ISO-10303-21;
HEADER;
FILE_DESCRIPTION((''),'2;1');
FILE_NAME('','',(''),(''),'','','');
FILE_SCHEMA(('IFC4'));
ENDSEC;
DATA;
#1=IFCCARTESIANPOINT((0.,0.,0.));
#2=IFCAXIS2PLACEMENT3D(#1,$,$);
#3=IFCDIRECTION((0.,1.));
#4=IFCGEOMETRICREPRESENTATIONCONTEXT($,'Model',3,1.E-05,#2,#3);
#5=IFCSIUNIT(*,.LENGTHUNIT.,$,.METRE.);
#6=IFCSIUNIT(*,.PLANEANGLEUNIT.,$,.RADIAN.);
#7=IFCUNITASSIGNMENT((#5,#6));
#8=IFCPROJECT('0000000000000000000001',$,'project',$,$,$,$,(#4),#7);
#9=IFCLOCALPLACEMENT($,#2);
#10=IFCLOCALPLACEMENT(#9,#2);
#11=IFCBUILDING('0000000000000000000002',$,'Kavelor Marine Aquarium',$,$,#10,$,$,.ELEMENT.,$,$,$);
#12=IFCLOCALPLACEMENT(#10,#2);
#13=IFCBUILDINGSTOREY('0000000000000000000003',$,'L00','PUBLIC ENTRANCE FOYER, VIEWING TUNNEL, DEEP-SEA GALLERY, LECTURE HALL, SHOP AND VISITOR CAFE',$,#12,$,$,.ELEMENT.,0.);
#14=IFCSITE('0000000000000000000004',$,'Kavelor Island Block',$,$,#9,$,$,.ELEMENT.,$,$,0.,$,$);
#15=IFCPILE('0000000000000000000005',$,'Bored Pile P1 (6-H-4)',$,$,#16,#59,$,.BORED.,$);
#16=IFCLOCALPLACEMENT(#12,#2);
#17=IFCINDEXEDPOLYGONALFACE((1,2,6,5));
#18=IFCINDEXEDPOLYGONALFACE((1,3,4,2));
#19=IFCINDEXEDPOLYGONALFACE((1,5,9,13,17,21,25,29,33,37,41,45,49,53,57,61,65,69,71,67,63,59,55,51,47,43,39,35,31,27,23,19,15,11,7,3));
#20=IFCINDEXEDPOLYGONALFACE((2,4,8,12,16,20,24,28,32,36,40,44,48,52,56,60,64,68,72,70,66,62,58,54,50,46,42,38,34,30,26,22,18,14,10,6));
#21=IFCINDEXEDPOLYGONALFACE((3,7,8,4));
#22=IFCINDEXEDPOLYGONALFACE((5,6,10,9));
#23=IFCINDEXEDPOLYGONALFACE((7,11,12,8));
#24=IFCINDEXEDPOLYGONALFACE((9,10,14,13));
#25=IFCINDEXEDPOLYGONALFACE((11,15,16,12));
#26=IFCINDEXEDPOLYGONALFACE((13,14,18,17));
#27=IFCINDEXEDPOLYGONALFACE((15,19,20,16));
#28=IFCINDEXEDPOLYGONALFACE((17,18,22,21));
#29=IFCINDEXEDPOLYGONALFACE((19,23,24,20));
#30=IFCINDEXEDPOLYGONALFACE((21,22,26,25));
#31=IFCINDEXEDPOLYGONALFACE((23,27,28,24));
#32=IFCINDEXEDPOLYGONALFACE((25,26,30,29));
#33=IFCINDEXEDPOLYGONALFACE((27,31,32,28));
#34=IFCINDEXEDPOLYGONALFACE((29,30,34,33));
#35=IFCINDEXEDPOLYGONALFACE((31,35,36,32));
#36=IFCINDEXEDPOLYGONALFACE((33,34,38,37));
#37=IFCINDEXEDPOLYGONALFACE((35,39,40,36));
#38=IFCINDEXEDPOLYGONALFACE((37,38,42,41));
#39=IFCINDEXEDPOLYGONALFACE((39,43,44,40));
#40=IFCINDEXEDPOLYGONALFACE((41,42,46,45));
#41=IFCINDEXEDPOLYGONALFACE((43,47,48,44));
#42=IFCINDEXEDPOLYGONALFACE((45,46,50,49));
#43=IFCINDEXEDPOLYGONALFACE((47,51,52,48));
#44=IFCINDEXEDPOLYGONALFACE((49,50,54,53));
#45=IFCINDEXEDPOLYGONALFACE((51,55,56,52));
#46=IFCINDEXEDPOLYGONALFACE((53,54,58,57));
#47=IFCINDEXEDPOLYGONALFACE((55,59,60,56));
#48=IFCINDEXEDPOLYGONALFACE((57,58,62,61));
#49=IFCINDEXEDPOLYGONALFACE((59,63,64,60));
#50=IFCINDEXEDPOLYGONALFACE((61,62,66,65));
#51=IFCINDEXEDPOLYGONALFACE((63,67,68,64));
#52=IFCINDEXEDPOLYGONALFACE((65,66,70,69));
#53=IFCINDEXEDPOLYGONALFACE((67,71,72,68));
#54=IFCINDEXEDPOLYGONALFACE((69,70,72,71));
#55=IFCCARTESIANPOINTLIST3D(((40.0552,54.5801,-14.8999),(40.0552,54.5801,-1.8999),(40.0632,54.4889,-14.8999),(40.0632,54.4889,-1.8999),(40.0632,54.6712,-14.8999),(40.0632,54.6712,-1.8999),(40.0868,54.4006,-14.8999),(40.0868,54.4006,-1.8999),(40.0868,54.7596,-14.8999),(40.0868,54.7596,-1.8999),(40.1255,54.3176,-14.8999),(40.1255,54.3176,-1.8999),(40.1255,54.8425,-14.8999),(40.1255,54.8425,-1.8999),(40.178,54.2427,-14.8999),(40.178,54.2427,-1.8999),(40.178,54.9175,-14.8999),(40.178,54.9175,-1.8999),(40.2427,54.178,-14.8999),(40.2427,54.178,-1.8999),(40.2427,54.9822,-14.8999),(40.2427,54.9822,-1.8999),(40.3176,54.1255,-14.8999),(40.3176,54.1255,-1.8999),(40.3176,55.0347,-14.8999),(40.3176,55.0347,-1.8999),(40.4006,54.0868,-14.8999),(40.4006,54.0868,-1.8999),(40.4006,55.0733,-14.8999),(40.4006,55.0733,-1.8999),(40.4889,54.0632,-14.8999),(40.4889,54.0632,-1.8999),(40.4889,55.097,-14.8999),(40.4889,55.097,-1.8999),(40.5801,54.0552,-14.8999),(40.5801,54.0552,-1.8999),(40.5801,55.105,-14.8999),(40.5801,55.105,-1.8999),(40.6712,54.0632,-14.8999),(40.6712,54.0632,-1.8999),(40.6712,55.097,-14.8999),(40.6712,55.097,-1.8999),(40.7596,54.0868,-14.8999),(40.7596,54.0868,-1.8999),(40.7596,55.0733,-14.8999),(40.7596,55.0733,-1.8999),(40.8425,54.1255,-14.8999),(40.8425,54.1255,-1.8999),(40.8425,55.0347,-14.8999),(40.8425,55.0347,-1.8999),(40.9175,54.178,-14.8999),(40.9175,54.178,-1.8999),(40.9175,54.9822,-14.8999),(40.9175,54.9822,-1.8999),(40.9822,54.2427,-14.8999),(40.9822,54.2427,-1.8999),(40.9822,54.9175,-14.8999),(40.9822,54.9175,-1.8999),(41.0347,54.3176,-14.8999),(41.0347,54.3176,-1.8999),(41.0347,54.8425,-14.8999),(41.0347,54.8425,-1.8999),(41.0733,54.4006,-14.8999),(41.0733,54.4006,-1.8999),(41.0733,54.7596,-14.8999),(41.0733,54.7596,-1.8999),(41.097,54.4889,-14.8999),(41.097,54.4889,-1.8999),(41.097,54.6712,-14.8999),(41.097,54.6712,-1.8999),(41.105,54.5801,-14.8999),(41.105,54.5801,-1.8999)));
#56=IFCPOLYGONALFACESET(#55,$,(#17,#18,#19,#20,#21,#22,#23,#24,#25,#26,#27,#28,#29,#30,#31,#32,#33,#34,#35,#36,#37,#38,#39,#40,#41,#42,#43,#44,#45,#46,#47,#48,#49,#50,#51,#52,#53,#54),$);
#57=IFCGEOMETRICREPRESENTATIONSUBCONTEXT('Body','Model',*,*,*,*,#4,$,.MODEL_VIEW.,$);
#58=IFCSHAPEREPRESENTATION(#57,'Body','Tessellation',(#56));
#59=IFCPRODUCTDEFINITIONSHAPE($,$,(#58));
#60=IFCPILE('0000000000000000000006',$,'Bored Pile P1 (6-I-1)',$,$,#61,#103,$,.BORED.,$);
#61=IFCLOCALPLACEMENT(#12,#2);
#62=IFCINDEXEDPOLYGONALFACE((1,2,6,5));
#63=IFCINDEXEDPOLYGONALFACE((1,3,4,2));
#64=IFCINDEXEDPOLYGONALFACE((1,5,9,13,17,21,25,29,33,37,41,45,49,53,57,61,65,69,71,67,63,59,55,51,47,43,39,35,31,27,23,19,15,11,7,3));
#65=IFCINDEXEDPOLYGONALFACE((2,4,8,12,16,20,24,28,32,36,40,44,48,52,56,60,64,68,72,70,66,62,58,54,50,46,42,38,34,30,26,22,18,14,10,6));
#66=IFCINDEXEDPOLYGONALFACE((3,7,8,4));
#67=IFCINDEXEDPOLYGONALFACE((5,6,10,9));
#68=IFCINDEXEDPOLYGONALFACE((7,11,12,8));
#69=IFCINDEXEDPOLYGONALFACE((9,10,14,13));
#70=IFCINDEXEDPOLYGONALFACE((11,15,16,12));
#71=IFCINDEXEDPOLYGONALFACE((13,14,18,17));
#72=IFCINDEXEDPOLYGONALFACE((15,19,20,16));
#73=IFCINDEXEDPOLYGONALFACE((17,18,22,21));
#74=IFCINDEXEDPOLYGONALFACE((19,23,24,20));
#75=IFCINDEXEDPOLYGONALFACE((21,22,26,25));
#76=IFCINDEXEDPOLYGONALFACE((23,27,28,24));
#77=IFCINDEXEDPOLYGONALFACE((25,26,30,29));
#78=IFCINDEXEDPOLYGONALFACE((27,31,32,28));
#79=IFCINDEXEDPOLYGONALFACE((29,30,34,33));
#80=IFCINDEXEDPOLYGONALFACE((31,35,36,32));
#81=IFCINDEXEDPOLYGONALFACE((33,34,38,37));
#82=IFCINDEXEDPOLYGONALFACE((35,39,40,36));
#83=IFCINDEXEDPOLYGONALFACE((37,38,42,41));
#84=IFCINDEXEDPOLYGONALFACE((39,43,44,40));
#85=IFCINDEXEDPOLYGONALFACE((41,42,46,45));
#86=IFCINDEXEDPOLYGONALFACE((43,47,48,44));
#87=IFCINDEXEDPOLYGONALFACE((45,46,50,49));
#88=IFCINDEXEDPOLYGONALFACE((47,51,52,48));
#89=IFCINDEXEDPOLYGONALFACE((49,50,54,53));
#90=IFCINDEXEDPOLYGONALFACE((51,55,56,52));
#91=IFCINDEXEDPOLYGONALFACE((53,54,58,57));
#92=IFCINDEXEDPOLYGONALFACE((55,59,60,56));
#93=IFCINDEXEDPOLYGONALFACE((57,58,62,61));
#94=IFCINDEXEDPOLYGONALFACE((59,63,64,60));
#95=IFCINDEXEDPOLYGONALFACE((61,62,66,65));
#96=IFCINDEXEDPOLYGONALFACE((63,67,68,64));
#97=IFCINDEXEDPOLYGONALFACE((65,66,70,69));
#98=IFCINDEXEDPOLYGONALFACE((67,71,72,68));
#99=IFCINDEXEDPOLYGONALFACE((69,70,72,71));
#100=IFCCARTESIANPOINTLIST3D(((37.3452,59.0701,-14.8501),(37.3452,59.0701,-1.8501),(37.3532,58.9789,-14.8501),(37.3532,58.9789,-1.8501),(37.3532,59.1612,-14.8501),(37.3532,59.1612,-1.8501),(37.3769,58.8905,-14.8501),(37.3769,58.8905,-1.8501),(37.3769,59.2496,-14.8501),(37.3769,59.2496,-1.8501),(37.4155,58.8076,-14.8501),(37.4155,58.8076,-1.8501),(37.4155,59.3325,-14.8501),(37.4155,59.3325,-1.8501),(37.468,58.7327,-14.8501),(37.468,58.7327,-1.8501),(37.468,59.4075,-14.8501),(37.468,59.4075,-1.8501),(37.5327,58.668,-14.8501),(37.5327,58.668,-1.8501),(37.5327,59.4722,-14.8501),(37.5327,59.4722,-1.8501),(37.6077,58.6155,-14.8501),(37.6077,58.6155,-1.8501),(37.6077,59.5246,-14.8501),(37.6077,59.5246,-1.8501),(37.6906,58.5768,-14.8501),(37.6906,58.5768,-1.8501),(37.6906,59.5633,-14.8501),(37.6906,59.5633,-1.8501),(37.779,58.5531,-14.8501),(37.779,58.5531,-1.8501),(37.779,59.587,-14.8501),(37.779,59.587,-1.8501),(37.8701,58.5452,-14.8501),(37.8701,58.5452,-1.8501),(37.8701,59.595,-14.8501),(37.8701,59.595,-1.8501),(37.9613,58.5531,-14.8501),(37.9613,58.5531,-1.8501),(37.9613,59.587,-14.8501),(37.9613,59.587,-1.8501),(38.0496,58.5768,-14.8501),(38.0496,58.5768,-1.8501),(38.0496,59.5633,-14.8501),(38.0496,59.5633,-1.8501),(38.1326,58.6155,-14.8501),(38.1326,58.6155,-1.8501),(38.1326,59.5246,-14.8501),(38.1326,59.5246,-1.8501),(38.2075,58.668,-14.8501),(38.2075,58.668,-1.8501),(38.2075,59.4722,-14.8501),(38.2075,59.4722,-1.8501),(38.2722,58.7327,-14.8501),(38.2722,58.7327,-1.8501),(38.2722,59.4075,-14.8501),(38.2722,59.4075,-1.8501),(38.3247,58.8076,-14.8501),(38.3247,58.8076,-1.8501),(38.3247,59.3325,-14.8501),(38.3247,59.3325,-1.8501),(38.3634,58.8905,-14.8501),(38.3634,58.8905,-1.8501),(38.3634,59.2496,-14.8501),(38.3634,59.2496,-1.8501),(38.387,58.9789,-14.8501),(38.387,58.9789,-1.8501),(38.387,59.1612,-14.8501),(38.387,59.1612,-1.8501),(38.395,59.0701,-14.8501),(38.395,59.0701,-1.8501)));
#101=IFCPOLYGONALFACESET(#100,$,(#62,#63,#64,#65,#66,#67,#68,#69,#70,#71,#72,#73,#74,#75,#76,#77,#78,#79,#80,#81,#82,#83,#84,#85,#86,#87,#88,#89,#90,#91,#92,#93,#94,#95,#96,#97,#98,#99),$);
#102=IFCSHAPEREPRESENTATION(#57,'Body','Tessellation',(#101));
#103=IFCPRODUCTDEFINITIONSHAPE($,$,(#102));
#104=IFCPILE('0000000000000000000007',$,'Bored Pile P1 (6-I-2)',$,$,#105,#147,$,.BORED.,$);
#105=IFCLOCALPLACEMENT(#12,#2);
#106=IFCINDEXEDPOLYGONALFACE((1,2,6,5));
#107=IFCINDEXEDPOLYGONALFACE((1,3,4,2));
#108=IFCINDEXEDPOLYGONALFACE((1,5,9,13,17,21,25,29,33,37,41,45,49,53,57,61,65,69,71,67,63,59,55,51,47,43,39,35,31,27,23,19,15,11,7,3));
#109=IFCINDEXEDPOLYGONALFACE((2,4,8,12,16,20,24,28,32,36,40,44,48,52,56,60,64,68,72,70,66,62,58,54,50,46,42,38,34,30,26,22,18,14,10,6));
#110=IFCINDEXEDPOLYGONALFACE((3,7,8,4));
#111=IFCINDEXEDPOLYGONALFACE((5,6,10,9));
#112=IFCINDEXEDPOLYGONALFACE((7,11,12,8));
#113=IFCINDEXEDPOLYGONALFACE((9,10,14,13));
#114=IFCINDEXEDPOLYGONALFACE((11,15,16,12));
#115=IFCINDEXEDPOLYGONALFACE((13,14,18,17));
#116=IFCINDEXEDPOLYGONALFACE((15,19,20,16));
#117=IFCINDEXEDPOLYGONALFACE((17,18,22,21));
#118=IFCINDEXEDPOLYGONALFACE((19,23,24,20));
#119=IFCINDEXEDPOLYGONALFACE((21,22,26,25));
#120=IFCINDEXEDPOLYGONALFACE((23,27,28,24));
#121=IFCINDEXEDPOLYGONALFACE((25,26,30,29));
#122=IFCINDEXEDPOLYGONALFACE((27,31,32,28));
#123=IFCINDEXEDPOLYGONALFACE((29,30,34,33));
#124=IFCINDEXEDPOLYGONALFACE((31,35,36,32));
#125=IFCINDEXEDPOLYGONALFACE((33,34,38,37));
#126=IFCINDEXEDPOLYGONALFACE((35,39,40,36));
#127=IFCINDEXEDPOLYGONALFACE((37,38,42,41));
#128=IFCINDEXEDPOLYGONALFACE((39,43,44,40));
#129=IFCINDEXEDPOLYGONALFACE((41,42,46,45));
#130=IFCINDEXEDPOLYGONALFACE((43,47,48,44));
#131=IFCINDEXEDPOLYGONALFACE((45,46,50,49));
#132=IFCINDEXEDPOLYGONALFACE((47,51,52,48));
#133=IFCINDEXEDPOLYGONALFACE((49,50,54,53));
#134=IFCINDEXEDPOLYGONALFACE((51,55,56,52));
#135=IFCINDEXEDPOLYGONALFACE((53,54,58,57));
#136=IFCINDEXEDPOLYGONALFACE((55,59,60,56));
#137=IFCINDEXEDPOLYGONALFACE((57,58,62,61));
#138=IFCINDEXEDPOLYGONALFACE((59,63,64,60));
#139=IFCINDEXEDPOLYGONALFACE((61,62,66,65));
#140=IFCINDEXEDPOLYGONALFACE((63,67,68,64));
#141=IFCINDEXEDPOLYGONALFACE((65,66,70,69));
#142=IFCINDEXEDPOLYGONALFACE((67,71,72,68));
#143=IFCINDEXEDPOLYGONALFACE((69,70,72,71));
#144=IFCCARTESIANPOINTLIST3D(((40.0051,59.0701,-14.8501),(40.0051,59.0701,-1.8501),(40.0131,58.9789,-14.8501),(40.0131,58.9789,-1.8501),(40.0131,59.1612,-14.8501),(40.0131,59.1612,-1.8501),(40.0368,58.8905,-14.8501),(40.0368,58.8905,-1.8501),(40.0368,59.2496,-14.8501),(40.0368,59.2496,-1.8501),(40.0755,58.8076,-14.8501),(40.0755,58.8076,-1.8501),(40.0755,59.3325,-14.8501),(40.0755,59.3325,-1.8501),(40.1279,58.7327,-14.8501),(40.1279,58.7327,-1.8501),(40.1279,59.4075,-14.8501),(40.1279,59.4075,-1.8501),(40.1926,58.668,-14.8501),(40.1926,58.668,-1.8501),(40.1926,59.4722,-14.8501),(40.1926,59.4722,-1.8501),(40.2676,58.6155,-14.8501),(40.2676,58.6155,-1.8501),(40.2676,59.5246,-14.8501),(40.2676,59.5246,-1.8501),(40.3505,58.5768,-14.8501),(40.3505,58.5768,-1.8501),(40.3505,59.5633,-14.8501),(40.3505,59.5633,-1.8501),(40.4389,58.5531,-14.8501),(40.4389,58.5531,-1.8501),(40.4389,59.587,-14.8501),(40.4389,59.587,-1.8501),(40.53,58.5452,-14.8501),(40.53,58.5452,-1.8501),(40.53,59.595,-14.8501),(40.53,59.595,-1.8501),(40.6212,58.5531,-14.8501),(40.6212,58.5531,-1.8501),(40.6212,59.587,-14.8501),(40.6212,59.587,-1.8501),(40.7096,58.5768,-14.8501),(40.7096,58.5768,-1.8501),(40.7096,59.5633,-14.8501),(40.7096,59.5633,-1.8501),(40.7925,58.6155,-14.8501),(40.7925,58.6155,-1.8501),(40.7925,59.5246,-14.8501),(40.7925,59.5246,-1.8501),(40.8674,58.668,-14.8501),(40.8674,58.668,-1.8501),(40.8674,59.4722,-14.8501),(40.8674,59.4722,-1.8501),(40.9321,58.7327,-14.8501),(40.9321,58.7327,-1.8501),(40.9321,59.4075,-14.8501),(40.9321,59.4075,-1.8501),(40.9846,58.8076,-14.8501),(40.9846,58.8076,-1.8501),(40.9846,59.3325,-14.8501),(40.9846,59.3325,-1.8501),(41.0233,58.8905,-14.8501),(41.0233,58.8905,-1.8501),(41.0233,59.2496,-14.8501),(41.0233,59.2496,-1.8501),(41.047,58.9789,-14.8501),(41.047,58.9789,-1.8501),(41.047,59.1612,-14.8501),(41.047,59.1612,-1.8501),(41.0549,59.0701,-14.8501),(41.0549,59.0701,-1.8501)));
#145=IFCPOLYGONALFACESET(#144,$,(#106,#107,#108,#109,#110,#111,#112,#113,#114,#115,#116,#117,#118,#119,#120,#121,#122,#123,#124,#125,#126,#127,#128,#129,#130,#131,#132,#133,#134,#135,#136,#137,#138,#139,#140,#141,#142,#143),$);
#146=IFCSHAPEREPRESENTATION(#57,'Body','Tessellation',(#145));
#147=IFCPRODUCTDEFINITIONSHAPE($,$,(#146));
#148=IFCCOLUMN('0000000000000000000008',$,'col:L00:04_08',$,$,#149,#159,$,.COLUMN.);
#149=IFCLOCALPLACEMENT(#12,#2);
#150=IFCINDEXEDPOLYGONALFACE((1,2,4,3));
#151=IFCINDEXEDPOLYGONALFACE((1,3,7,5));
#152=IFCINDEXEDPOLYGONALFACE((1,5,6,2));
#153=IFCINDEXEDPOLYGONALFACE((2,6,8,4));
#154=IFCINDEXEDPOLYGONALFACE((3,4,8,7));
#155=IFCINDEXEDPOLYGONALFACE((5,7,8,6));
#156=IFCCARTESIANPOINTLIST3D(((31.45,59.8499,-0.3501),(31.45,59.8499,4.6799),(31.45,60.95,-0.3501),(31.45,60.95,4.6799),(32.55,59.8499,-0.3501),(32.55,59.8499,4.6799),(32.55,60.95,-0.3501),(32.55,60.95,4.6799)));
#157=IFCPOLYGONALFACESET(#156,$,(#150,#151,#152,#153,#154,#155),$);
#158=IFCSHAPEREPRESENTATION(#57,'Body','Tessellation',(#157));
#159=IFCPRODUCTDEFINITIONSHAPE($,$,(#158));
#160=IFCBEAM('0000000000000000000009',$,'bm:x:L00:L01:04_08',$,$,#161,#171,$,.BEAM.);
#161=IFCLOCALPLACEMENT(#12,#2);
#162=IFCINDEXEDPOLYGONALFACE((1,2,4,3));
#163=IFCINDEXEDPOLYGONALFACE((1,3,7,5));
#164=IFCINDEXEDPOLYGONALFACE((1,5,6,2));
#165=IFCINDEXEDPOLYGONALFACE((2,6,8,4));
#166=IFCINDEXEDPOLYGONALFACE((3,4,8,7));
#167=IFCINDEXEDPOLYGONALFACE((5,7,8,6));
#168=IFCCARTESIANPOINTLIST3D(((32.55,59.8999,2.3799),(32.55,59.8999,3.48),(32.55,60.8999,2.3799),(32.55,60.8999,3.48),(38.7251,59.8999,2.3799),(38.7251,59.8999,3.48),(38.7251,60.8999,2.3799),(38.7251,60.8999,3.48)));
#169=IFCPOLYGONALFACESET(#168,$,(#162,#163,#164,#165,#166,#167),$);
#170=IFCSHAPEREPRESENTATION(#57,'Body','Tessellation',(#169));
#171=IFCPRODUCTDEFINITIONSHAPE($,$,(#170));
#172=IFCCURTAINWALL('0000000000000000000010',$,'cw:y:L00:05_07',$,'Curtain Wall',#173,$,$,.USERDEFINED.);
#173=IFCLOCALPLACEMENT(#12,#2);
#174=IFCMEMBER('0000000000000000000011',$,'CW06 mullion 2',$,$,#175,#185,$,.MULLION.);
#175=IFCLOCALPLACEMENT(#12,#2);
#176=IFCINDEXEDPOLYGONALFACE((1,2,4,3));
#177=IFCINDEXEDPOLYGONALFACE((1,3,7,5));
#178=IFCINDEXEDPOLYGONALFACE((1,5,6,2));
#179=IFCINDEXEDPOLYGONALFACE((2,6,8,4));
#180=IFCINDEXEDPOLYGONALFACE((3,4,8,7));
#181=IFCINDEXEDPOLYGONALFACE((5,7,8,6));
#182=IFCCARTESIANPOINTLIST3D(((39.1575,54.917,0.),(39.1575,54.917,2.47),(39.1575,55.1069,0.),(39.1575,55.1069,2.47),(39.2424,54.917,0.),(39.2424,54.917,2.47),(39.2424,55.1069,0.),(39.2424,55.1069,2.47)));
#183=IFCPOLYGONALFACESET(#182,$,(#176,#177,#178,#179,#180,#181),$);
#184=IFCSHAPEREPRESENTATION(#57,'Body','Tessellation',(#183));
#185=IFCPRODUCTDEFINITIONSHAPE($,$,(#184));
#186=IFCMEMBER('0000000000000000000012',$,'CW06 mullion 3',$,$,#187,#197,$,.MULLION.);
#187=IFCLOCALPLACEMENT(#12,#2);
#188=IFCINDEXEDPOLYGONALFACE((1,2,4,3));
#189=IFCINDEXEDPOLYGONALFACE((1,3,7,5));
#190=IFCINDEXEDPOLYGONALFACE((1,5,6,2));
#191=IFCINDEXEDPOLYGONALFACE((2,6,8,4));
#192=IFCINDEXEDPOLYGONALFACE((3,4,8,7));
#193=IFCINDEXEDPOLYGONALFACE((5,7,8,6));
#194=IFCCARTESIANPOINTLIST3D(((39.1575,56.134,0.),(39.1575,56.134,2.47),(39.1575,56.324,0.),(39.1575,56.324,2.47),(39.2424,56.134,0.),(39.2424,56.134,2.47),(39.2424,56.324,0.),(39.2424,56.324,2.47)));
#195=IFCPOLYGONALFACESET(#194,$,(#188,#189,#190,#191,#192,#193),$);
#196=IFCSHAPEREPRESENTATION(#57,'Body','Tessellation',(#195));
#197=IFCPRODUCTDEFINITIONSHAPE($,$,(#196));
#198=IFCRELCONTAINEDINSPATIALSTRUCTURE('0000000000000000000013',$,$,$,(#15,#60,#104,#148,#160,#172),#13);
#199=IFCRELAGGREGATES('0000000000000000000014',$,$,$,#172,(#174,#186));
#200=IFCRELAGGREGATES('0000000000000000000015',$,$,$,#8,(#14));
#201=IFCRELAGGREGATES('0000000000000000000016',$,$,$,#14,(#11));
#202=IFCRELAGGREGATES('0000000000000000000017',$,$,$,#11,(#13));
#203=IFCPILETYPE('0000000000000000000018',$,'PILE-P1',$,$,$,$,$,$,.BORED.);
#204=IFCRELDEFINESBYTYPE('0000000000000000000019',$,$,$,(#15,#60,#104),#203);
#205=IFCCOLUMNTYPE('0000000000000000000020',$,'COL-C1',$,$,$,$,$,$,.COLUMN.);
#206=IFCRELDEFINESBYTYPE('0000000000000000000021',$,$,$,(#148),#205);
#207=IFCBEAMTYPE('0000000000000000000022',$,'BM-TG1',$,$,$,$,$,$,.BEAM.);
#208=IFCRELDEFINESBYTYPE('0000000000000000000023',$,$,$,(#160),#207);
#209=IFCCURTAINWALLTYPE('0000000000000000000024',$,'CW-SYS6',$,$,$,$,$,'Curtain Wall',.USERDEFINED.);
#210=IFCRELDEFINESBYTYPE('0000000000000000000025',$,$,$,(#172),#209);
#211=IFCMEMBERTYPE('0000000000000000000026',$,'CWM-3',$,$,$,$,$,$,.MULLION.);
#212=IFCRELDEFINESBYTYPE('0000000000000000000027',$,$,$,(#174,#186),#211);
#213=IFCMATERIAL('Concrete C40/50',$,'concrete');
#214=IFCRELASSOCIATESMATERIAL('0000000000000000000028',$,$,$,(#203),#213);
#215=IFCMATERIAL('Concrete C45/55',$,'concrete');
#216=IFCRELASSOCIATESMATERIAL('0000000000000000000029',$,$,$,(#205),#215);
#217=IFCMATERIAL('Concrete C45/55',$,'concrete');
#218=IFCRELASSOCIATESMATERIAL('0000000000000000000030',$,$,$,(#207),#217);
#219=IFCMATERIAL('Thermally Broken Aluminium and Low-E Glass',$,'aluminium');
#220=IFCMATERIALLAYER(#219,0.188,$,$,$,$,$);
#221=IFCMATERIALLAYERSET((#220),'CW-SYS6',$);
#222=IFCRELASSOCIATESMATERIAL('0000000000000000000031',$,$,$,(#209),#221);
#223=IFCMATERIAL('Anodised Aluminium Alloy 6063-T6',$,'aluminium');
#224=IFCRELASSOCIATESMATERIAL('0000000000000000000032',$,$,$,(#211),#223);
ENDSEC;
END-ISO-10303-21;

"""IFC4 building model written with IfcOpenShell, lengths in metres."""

from ifc_helpers import new_model, si_unit, direction, frame, origin, origin_2d, place, context, subcontext, project, spatial, rectangle, circle, extrude, material, layer, layer_set, material_profile, profile_set, type_object, element, aggregate, save


model = new_model("IFC4")

# Units and contexts
model_context = context("Model", 3, precision=1e-05, world=origin(), true_north=direction((0.0, 1.0)))
body_context = subcontext(model_context, "Body", "Model", "MODEL_VIEW")
ifc_project = project(units=[si_unit("LENGTHUNIT", "METRE"), si_unit("PLANEANGLEUNIT", "RADIAN")], contexts=[model_context])

# Site, building, storey
site_placement = place(None, origin())
site = spatial("IfcSite", under=ifc_project, at=site_placement, Name="Kavelor Island Block", CompositionType="ELEMENT", RefElevation=0.0)
building_placement = place(site_placement, origin())
building = spatial("IfcBuilding", under=site, at=building_placement, Name="Kavelor Marine Aquarium", CompositionType="ELEMENT")
storey_placement = place(building_placement, origin())
storey = spatial("IfcBuildingStorey", under=building, at=storey_placement, Name="L00", Description="PUBLIC ENTRANCE FOYER, VIEWING TUNNEL, DEEP-SEA GALLERY, LECTURE HALL, SHOP AND VISITOR CAFE", CompositionType="ELEMENT", Elevation=0.0)

# Piles
ifc_material_1 = material(Name="Concrete C40/50", Category="concrete")
ifc_material_profile_1 = material_profile(ifc_material_1, circle(Radius=0.5249, at=origin_2d()), Name="PILE D1050")
ifc_profile_set_1 = profile_set([ifc_material_profile_1], Name="Concrete C40/50")
pile_type = type_object("IfcPileType", Name="PILE-P1", PredefinedType="BORED", material=ifc_profile_set_1)
for number, where, z_axis, x_axis, name in (
    (1, (40.5801, 54.5801, -1.8999), (0.0, 0.0, -1.0), (1.0, 0.0, 0.0), "Bored Pile P1 (6-H-4)"),
    (2, (37.8701, 59.0701, -1.8501), (0.0, 0.0, -1.0), (1.0, 0.0, 0.0), "Bored Pile P1 (6-I-1)"),
    (3, (40.53, 59.0701, -1.8501), (0.0, 0.0, -1.0), (1.0, 0.0, 0.0), "Bored Pile P1 (6-I-2)"),
):
    element("IfcPile", number, at=place(storey_placement, frame(where, z_axis=z_axis, x_axis=x_axis)), inside=storey, type_object=pile_type, Name=name, PredefinedType="BORED", context=body_context, shape_type="SweptSolid", body=[
        extrude(circle(Radius=0.5249, at=origin_2d()), origin(), (0.0, 0.0, 1.0), 13.0),
    ])

# Column
ifc_material_2 = material(Name="Concrete C45/55", Category="concrete")
ifc_material_profile_2 = material_profile(ifc_material_2, rectangle(XDim=1.1001, YDim=1.1001, at=origin_2d()), Name="RC-COL 1100x1100")
ifc_profile_set_2 = profile_set([ifc_material_profile_2], Name="Concrete C45/55")
column_type = type_object("IfcColumnType", Name="COL-C1", PredefinedType="COLUMN", material=ifc_profile_set_2)
column_placement = place(storey_placement, frame((32.0, 60.3999, -0.3501), z_axis=(0.0, 0.0, 1.0), x_axis=(1.0, 0.0, 0.0)))
element("IfcColumn", 4, at=column_placement, inside=storey, type_object=column_type, Name="col:L00:04_08", PredefinedType="COLUMN", context=body_context, shape_type="SweptSolid", body=[
    extrude(rectangle(XDim=1.1001, YDim=1.1001, at=origin_2d()), origin(), (0.0, 0.0, 1.0), 5.03),
])

# Beam
ifc_material_3 = material(Name="Concrete C45/55", Category="concrete")
ifc_material_profile_3 = material_profile(ifc_material_3, rectangle(XDim=1.0, YDim=1.1001, at=origin_2d()), Name="RC-TG 1000x1100")
ifc_profile_set_3 = profile_set([ifc_material_profile_3], Name="Concrete C45/55")
beam_type = type_object("IfcBeamType", Name="BM-TG1", PredefinedType="BEAM", material=ifc_profile_set_3)
beam_placement = place(storey_placement, frame((32.55, 60.3999, 2.9299), z_axis=(1.0, 0.0, 0.0), x_axis=(0.0, 1.0, 0.0)))
element("IfcBeam", 5, at=beam_placement, inside=storey, type_object=beam_type, Name="bm:x:L00:L01:04_08", PredefinedType="BEAM", context=body_context, shape_type="SweptSolid", body=[
    extrude(rectangle(XDim=1.0, YDim=1.1001, at=origin_2d()), origin(), (0.0, 0.0, 1.0), 6.175),
])

# Curtain wall, members
ifc_material_4 = material(Name="Thermally Broken Aluminium and Low-E Glass", Category="aluminium")
ifc_layer_1 = layer(ifc_material_4, 0.188)
ifc_layer_set_1 = layer_set([ifc_layer_1], Name="CW-SYS6")
curtain_wall_type = type_object("IfcCurtainWallType", Name="CW-SYS6", ElementType="Curtain Wall", PredefinedType="USERDEFINED", material=ifc_layer_set_1)
curtain_wall_placement = place(storey_placement, origin())
curtain_wall = element("IfcCurtainWall", 6, at=curtain_wall_placement, inside=storey, type_object=curtain_wall_type, Name="cw:y:L00:05_07", ObjectType="Curtain Wall", PredefinedType="USERDEFINED")
ifc_material_5 = material(Name="Anodised Aluminium Alloy 6063-T6", Category="aluminium")
ifc_material_profile_4 = material_profile(ifc_material_5, rectangle(XDim=0.085, YDim=0.1899, at=origin_2d()), Name="CW-MUL 85x190")
ifc_profile_set_4 = profile_set([ifc_material_profile_4], Name="Anodised Aluminium Alloy 6063-T6")
member_type_1 = type_object("IfcMemberType", Name="CWM-3", PredefinedType="MULLION", material=ifc_profile_set_4)
member_1_placement = place(storey_placement, frame((39.2, 55.012, 0.0), z_axis=(0.0, 0.0, 1.0), x_axis=(-1.0, 0.0, 0.0)))
member_1 = element("IfcMember", 7, at=member_1_placement, type_object=member_type_1, Name="CW06 mullion 2", PredefinedType="MULLION", context=body_context, shape_type="SweptSolid", body=[
    extrude(rectangle(XDim=0.085, YDim=0.1899, at=origin_2d()), origin(), (0.0, 0.0, 1.0), 2.47),
])
member_2_placement = place(storey_placement, frame((39.2, 56.229, 0.0), z_axis=(0.0, 0.0, 1.0), x_axis=(-1.0, 0.0, 0.0)))
member_2 = element("IfcMember", 8, at=member_2_placement, type_object=member_type_1, Name="CW06 mullion 3", PredefinedType="MULLION", context=body_context, shape_type="SweptSolid", body=[
    extrude(rectangle(XDim=0.085, YDim=0.1899, at=origin_2d()), origin(), (0.0, 0.0, 1.0), 2.47),
])
aggregate(curtain_wall, [member_1, member_2])

save(model, "model.ifc")
